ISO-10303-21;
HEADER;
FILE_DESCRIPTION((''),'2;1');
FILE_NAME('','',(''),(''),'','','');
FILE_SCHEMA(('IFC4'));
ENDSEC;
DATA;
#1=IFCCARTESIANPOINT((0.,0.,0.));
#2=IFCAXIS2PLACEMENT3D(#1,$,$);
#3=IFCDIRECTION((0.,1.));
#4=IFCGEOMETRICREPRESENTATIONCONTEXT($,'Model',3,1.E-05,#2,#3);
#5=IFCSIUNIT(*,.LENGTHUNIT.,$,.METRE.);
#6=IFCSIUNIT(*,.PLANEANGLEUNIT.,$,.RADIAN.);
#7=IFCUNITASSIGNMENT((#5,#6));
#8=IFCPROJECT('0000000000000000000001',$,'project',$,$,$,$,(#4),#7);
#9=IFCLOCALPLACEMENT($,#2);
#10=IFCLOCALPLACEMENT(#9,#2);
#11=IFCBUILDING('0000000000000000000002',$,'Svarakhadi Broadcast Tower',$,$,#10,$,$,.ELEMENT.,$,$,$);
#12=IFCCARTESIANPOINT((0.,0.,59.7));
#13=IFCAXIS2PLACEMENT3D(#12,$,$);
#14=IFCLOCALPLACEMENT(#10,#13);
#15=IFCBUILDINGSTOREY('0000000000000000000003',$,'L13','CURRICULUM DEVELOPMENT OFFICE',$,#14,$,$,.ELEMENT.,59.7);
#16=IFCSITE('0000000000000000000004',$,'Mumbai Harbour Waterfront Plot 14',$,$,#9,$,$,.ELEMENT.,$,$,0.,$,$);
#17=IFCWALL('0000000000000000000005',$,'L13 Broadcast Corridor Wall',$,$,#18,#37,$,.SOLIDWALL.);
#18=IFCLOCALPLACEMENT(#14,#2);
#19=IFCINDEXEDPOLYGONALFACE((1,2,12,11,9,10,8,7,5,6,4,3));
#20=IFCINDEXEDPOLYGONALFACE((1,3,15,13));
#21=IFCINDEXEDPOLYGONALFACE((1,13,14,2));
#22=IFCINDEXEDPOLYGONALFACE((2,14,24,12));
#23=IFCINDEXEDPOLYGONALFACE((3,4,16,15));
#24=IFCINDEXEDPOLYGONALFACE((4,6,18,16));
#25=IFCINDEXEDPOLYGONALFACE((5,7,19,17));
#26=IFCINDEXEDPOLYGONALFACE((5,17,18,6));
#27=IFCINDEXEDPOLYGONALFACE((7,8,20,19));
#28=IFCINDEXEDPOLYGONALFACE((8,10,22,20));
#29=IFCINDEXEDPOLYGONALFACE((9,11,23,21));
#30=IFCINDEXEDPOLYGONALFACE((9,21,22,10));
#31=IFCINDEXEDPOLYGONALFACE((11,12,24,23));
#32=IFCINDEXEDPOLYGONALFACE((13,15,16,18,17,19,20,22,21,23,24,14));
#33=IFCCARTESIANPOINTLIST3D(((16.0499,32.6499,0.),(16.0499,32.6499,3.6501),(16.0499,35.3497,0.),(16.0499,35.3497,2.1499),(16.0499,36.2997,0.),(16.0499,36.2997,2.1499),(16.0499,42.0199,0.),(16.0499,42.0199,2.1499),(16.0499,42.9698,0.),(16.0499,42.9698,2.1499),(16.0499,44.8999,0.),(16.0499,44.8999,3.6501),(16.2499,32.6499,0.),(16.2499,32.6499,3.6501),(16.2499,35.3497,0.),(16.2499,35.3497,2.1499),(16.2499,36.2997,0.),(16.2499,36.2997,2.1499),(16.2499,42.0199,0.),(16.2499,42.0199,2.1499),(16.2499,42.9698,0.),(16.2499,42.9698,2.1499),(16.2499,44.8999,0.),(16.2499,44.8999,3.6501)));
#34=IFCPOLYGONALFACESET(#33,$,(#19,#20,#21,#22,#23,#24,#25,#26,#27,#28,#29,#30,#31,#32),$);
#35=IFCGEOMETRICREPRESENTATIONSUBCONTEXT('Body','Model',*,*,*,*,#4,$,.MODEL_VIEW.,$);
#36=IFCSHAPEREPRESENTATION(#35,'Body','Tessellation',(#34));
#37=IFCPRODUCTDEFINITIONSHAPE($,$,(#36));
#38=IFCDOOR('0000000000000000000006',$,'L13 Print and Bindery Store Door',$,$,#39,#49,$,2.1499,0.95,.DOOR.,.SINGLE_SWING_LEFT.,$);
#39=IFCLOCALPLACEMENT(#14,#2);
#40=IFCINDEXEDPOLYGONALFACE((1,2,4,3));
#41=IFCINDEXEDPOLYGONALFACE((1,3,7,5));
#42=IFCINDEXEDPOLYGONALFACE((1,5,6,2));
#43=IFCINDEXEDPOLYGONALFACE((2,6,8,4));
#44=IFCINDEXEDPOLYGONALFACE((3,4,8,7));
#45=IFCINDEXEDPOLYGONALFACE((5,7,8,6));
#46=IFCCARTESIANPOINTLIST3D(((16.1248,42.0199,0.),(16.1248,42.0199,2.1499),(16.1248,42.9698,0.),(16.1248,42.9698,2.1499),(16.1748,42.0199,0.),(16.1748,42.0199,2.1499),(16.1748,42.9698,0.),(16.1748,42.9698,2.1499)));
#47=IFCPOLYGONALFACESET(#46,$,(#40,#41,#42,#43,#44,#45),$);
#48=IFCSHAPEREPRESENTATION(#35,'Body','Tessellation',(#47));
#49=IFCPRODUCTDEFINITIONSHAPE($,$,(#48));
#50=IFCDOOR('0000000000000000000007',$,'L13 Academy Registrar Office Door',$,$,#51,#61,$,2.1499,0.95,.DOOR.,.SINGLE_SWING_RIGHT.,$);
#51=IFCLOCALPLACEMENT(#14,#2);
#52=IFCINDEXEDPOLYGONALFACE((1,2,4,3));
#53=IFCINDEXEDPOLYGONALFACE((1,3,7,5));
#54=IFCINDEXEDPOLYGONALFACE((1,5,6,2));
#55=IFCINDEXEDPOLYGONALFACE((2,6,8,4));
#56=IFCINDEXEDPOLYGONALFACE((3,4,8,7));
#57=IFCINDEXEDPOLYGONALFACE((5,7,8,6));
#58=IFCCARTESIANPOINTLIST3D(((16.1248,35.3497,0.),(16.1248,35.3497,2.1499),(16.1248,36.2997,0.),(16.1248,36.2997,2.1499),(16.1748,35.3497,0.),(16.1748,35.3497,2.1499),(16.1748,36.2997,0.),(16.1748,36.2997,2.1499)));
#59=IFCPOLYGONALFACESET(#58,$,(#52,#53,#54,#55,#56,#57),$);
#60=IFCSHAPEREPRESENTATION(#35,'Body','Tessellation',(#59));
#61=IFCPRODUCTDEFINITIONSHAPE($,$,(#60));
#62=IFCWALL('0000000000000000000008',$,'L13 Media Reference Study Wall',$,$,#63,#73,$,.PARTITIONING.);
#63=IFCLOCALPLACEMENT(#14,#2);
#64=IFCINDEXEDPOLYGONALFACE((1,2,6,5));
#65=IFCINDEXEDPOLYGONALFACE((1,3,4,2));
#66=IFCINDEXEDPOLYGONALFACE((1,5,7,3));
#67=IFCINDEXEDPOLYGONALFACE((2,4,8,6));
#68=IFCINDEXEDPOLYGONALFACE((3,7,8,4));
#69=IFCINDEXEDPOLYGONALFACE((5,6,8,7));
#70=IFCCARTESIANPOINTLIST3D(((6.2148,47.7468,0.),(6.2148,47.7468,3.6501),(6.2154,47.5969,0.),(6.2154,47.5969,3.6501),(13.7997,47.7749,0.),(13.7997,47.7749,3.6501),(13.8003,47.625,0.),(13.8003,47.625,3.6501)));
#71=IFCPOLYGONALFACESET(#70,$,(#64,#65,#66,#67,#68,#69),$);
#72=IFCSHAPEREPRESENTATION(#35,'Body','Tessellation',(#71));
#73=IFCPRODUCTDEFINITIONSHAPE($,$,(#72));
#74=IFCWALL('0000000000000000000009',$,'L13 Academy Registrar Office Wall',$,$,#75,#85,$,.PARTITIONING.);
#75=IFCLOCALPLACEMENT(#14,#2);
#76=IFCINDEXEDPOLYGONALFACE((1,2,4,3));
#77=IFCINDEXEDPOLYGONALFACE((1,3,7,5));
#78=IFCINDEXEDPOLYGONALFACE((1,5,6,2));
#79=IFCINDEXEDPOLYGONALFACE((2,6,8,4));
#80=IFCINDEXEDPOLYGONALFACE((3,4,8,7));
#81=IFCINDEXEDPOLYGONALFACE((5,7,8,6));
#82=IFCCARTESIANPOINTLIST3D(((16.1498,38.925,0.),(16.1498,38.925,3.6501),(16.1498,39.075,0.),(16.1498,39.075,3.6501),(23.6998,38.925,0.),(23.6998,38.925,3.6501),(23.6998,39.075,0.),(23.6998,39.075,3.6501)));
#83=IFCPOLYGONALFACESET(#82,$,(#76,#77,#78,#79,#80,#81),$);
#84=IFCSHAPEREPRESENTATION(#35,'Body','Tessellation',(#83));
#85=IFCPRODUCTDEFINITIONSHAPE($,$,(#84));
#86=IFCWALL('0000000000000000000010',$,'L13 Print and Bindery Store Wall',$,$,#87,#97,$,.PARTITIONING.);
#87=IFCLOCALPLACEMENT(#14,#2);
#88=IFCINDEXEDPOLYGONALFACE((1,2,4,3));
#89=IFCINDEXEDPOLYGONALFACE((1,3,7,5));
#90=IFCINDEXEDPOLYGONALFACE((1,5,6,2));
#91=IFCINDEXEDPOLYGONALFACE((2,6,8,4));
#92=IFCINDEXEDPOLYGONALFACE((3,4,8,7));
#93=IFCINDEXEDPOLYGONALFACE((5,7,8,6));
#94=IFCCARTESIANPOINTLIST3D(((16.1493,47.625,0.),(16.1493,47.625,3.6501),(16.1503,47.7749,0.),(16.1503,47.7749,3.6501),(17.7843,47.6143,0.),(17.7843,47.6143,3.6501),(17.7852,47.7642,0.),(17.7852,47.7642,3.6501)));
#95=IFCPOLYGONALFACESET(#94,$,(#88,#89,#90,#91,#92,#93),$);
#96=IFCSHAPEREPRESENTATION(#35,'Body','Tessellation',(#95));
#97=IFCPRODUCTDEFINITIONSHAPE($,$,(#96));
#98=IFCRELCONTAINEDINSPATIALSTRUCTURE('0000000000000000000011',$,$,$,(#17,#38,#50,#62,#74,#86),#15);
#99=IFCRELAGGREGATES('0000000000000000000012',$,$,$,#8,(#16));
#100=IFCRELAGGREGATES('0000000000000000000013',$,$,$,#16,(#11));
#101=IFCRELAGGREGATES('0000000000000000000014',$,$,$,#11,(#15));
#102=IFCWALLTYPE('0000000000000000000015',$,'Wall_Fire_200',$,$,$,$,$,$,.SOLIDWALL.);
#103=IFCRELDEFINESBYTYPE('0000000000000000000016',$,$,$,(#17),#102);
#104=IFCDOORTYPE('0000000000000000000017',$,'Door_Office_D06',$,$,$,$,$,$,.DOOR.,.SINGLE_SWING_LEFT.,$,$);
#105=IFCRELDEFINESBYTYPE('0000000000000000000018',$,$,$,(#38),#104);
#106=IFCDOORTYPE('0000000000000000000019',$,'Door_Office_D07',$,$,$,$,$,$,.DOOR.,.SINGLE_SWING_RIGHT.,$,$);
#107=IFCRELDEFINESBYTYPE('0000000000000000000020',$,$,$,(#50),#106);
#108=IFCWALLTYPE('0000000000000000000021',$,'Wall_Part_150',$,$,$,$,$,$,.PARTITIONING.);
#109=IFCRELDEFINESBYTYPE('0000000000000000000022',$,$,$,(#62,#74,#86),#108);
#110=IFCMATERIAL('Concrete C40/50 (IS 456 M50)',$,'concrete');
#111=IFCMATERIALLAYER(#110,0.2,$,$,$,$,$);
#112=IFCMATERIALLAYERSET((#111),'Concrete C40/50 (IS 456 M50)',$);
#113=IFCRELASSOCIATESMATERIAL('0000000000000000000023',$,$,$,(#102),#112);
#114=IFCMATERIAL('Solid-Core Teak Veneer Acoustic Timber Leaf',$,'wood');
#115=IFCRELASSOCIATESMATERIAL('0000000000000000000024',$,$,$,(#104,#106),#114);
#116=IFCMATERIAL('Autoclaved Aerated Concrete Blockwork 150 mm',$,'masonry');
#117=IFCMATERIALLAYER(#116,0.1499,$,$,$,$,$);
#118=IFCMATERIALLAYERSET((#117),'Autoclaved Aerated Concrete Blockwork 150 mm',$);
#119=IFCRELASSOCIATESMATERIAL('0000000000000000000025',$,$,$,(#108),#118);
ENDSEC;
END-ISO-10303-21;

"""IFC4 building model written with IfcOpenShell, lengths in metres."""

from ifc_helpers import new_model, si_unit, direction, frame, frame_2d, origin, place, context, subcontext, project, spatial, rectangle, extrude, material, layer, layer_set, type_object, element, fill, save


model = new_model("IFC4")

# Units and contexts
model_context = context("Model", 3, precision=1e-05, world=origin(), true_north=direction((0.0, 1.0)))
body_context = subcontext(model_context, "Body", "Model", "MODEL_VIEW")
ifc_project = project(units=[si_unit("LENGTHUNIT", "METRE"), si_unit("PLANEANGLEUNIT", "RADIAN")], contexts=[model_context])

# Site, building, storey
site_placement = place(None, origin())
site = spatial("IfcSite", under=ifc_project, at=site_placement, Name="Mumbai Harbour Waterfront Plot 14", CompositionType="ELEMENT", RefElevation=0.0)
building_placement = place(site_placement, origin())
building = spatial("IfcBuilding", under=site, at=building_placement, Name="Svarakhadi Broadcast Tower", CompositionType="ELEMENT")
storey_placement = place(building_placement, frame((0.0, 0.0, 59.7)))
storey = spatial("IfcBuildingStorey", under=building, at=storey_placement, Name="L13", Description="CURRICULUM DEVELOPMENT OFFICE", CompositionType="ELEMENT", Elevation=59.7)

# Shared definitions
ifc_material_1 = material(Name="Concrete C40/50 (IS 456 M50)", Category="concrete")
ifc_layer_1 = layer(ifc_material_1, 0.2)
ifc_layer_set_1 = layer_set([ifc_layer_1], Name="Concrete C40/50 (IS 456 M50)")
wall_type_1 = type_object("IfcWallType", Name="Wall_Fire_200", PredefinedType="SOLIDWALL", material=ifc_layer_set_1)

# Wall, openings, doors
wall_1_placement = place(storey_placement, frame((16.1499, 44.8999, 0.0), z_axis=(0.0, 0.0, 1.0), x_axis=(0.0, -1.0, 0.0)))
wall_1 = element("IfcWall", 1, at=wall_1_placement, inside=storey, type_object=wall_type_1, Name="L13 Broadcast Corridor Wall", PredefinedType="SOLIDWALL", context=body_context, shape_type="SweptSolid", body=[
    extrude(rectangle(XDim=12.25, YDim=0.2, at=frame_2d((6.125, 0.0))), origin(), (0.0, 0.0, 1.0), 3.6501),
])
opening_1_placement = place(wall_1_placement, frame((8.6001, 0.0, 0.0)))
opening_1 = element("IfcOpeningElement", 2, at=opening_1_placement, cuts=wall_1, PredefinedType="OPENING", context=body_context, shape_type="SweptSolid", body=[
    extrude(rectangle(XDim=0.95, YDim=2.1499, at=frame_2d((0.4751, 1.075))), frame((0.0, 0.1099, 0.0), z_axis=(0.0, -1.0, 0.0), x_axis=(1.0, 0.0, 0.0)), (0.0, 0.0, 1.0), 0.22),
])
opening_2_placement = place(wall_1_placement, frame((1.9299, 0.0, 0.0)))
opening_2 = element("IfcOpeningElement", 3, at=opening_2_placement, cuts=wall_1, PredefinedType="OPENING", context=body_context, shape_type="SweptSolid", body=[
    extrude(rectangle(XDim=0.95, YDim=2.1499, at=frame_2d((0.4751, 1.075))), frame((0.0, 0.1099, 0.0), z_axis=(0.0, -1.0, 0.0), x_axis=(1.0, 0.0, 0.0)), (0.0, 0.0, 1.0), 0.22),
])
ifc_material_2 = material(Name="Solid-Core Teak Veneer Acoustic Timber Leaf", Category="wood")
door_type_1 = type_object("IfcDoorType", Name="Door_Office_D06", OperationType="SINGLE_SWING_LEFT", PredefinedType="DOOR", material=ifc_material_2)
door_1_placement = place(opening_2_placement, origin())
door_1 = element("IfcDoor", 4, at=door_1_placement, inside=storey, type_object=door_type_1, Name="L13 Print and Bindery Store Door", OperationType="SINGLE_SWING_LEFT", OverallHeight=2.1499, OverallWidth=0.95, PredefinedType="DOOR", context=body_context, shape_type="SweptSolid", body=[
    extrude(rectangle(XDim=0.95, YDim=2.1499, at=frame_2d((0.4751, 1.075))), frame((0.0, 0.0249, 0.0), z_axis=(0.0, -1.0, 0.0), x_axis=(1.0, 0.0, 0.0)), (0.0, 0.0, 1.0), 0.05),
])
fill(opening_2, door_1)
door_type_2 = type_object("IfcDoorType", Name="Door_Office_D07", OperationType="SINGLE_SWING_RIGHT", PredefinedType="DOOR", material=ifc_material_2)
door_2_placement = place(opening_1_placement, origin())
door_2 = element("IfcDoor", 5, at=door_2_placement, inside=storey, type_object=door_type_2, Name="L13 Academy Registrar Office Door", OperationType="SINGLE_SWING_RIGHT", OverallHeight=2.1499, OverallWidth=0.95, PredefinedType="DOOR", context=body_context, shape_type="SweptSolid", body=[
    extrude(rectangle(XDim=0.95, YDim=2.1499, at=frame_2d((0.4751, 1.075))), frame((0.0, 0.0249, 0.0), z_axis=(0.0, -1.0, 0.0), x_axis=(1.0, 0.0, 0.0)), (0.0, 0.0, 1.0), 0.05),
])
fill(opening_1, door_2)

# Walls
ifc_material_3 = material(Name="Autoclaved Aerated Concrete Blockwork 150 mm", Category="masonry")
ifc_layer_2 = layer(ifc_material_3, 0.1499)
ifc_layer_set_2 = layer_set([ifc_layer_2], Name="Autoclaved Aerated Concrete Blockwork 150 mm")
wall_type_2 = type_object("IfcWallType", Name="Wall_Part_150", PredefinedType="PARTITIONING", material=ifc_layer_set_2)
wall_2_placement = place(storey_placement, frame((6.2151, 47.6719, 0.0), z_axis=(0.0, 0.0, 1.0), x_axis=(0.999993, 0.003702, 0.0)))
element("IfcWall", 6, at=wall_2_placement, inside=storey, type_object=wall_type_2, Name="L13 Media Reference Study Wall", PredefinedType="PARTITIONING", context=body_context, shape_type="SweptSolid", body=[
    extrude(rectangle(XDim=7.585, YDim=0.1499, at=frame_2d((3.7925, 0.0))), origin(), (0.0, 0.0, 1.0), 3.6501),
])
wall_3_placement = place(storey_placement, frame((16.1499, 39.0, 0.0), z_axis=(0.0, 0.0, 1.0), x_axis=(1.0, 0.0, 0.0)))
element("IfcWall", 7, at=wall_3_placement, inside=storey, type_object=wall_type_2, Name="L13 Academy Registrar Office Wall", PredefinedType="PARTITIONING", context=body_context, shape_type="SweptSolid", body=[
    extrude(rectangle(XDim=7.55, YDim=0.1499, at=frame_2d((3.7749, 0.0))), origin(), (0.0, 0.0, 1.0), 3.6501),
])
wall_4_placement = place(storey_placement, frame((16.1499, 47.7, 0.0), z_axis=(0.0, 0.0, 1.0), x_axis=(0.999978, -0.00657, 0.0)))
element("IfcWall", 8, at=wall_4_placement, inside=storey, type_object=wall_type_2, Name="L13 Print and Bindery Store Wall", PredefinedType="PARTITIONING", context=body_context, shape_type="SweptSolid", body=[
    extrude(rectangle(XDim=1.635, YDim=0.1499, at=frame_2d((0.8174, 0.0))), origin(), (0.0, 0.0, 1.0), 3.6501),
])

save(model, "model.ifc")
